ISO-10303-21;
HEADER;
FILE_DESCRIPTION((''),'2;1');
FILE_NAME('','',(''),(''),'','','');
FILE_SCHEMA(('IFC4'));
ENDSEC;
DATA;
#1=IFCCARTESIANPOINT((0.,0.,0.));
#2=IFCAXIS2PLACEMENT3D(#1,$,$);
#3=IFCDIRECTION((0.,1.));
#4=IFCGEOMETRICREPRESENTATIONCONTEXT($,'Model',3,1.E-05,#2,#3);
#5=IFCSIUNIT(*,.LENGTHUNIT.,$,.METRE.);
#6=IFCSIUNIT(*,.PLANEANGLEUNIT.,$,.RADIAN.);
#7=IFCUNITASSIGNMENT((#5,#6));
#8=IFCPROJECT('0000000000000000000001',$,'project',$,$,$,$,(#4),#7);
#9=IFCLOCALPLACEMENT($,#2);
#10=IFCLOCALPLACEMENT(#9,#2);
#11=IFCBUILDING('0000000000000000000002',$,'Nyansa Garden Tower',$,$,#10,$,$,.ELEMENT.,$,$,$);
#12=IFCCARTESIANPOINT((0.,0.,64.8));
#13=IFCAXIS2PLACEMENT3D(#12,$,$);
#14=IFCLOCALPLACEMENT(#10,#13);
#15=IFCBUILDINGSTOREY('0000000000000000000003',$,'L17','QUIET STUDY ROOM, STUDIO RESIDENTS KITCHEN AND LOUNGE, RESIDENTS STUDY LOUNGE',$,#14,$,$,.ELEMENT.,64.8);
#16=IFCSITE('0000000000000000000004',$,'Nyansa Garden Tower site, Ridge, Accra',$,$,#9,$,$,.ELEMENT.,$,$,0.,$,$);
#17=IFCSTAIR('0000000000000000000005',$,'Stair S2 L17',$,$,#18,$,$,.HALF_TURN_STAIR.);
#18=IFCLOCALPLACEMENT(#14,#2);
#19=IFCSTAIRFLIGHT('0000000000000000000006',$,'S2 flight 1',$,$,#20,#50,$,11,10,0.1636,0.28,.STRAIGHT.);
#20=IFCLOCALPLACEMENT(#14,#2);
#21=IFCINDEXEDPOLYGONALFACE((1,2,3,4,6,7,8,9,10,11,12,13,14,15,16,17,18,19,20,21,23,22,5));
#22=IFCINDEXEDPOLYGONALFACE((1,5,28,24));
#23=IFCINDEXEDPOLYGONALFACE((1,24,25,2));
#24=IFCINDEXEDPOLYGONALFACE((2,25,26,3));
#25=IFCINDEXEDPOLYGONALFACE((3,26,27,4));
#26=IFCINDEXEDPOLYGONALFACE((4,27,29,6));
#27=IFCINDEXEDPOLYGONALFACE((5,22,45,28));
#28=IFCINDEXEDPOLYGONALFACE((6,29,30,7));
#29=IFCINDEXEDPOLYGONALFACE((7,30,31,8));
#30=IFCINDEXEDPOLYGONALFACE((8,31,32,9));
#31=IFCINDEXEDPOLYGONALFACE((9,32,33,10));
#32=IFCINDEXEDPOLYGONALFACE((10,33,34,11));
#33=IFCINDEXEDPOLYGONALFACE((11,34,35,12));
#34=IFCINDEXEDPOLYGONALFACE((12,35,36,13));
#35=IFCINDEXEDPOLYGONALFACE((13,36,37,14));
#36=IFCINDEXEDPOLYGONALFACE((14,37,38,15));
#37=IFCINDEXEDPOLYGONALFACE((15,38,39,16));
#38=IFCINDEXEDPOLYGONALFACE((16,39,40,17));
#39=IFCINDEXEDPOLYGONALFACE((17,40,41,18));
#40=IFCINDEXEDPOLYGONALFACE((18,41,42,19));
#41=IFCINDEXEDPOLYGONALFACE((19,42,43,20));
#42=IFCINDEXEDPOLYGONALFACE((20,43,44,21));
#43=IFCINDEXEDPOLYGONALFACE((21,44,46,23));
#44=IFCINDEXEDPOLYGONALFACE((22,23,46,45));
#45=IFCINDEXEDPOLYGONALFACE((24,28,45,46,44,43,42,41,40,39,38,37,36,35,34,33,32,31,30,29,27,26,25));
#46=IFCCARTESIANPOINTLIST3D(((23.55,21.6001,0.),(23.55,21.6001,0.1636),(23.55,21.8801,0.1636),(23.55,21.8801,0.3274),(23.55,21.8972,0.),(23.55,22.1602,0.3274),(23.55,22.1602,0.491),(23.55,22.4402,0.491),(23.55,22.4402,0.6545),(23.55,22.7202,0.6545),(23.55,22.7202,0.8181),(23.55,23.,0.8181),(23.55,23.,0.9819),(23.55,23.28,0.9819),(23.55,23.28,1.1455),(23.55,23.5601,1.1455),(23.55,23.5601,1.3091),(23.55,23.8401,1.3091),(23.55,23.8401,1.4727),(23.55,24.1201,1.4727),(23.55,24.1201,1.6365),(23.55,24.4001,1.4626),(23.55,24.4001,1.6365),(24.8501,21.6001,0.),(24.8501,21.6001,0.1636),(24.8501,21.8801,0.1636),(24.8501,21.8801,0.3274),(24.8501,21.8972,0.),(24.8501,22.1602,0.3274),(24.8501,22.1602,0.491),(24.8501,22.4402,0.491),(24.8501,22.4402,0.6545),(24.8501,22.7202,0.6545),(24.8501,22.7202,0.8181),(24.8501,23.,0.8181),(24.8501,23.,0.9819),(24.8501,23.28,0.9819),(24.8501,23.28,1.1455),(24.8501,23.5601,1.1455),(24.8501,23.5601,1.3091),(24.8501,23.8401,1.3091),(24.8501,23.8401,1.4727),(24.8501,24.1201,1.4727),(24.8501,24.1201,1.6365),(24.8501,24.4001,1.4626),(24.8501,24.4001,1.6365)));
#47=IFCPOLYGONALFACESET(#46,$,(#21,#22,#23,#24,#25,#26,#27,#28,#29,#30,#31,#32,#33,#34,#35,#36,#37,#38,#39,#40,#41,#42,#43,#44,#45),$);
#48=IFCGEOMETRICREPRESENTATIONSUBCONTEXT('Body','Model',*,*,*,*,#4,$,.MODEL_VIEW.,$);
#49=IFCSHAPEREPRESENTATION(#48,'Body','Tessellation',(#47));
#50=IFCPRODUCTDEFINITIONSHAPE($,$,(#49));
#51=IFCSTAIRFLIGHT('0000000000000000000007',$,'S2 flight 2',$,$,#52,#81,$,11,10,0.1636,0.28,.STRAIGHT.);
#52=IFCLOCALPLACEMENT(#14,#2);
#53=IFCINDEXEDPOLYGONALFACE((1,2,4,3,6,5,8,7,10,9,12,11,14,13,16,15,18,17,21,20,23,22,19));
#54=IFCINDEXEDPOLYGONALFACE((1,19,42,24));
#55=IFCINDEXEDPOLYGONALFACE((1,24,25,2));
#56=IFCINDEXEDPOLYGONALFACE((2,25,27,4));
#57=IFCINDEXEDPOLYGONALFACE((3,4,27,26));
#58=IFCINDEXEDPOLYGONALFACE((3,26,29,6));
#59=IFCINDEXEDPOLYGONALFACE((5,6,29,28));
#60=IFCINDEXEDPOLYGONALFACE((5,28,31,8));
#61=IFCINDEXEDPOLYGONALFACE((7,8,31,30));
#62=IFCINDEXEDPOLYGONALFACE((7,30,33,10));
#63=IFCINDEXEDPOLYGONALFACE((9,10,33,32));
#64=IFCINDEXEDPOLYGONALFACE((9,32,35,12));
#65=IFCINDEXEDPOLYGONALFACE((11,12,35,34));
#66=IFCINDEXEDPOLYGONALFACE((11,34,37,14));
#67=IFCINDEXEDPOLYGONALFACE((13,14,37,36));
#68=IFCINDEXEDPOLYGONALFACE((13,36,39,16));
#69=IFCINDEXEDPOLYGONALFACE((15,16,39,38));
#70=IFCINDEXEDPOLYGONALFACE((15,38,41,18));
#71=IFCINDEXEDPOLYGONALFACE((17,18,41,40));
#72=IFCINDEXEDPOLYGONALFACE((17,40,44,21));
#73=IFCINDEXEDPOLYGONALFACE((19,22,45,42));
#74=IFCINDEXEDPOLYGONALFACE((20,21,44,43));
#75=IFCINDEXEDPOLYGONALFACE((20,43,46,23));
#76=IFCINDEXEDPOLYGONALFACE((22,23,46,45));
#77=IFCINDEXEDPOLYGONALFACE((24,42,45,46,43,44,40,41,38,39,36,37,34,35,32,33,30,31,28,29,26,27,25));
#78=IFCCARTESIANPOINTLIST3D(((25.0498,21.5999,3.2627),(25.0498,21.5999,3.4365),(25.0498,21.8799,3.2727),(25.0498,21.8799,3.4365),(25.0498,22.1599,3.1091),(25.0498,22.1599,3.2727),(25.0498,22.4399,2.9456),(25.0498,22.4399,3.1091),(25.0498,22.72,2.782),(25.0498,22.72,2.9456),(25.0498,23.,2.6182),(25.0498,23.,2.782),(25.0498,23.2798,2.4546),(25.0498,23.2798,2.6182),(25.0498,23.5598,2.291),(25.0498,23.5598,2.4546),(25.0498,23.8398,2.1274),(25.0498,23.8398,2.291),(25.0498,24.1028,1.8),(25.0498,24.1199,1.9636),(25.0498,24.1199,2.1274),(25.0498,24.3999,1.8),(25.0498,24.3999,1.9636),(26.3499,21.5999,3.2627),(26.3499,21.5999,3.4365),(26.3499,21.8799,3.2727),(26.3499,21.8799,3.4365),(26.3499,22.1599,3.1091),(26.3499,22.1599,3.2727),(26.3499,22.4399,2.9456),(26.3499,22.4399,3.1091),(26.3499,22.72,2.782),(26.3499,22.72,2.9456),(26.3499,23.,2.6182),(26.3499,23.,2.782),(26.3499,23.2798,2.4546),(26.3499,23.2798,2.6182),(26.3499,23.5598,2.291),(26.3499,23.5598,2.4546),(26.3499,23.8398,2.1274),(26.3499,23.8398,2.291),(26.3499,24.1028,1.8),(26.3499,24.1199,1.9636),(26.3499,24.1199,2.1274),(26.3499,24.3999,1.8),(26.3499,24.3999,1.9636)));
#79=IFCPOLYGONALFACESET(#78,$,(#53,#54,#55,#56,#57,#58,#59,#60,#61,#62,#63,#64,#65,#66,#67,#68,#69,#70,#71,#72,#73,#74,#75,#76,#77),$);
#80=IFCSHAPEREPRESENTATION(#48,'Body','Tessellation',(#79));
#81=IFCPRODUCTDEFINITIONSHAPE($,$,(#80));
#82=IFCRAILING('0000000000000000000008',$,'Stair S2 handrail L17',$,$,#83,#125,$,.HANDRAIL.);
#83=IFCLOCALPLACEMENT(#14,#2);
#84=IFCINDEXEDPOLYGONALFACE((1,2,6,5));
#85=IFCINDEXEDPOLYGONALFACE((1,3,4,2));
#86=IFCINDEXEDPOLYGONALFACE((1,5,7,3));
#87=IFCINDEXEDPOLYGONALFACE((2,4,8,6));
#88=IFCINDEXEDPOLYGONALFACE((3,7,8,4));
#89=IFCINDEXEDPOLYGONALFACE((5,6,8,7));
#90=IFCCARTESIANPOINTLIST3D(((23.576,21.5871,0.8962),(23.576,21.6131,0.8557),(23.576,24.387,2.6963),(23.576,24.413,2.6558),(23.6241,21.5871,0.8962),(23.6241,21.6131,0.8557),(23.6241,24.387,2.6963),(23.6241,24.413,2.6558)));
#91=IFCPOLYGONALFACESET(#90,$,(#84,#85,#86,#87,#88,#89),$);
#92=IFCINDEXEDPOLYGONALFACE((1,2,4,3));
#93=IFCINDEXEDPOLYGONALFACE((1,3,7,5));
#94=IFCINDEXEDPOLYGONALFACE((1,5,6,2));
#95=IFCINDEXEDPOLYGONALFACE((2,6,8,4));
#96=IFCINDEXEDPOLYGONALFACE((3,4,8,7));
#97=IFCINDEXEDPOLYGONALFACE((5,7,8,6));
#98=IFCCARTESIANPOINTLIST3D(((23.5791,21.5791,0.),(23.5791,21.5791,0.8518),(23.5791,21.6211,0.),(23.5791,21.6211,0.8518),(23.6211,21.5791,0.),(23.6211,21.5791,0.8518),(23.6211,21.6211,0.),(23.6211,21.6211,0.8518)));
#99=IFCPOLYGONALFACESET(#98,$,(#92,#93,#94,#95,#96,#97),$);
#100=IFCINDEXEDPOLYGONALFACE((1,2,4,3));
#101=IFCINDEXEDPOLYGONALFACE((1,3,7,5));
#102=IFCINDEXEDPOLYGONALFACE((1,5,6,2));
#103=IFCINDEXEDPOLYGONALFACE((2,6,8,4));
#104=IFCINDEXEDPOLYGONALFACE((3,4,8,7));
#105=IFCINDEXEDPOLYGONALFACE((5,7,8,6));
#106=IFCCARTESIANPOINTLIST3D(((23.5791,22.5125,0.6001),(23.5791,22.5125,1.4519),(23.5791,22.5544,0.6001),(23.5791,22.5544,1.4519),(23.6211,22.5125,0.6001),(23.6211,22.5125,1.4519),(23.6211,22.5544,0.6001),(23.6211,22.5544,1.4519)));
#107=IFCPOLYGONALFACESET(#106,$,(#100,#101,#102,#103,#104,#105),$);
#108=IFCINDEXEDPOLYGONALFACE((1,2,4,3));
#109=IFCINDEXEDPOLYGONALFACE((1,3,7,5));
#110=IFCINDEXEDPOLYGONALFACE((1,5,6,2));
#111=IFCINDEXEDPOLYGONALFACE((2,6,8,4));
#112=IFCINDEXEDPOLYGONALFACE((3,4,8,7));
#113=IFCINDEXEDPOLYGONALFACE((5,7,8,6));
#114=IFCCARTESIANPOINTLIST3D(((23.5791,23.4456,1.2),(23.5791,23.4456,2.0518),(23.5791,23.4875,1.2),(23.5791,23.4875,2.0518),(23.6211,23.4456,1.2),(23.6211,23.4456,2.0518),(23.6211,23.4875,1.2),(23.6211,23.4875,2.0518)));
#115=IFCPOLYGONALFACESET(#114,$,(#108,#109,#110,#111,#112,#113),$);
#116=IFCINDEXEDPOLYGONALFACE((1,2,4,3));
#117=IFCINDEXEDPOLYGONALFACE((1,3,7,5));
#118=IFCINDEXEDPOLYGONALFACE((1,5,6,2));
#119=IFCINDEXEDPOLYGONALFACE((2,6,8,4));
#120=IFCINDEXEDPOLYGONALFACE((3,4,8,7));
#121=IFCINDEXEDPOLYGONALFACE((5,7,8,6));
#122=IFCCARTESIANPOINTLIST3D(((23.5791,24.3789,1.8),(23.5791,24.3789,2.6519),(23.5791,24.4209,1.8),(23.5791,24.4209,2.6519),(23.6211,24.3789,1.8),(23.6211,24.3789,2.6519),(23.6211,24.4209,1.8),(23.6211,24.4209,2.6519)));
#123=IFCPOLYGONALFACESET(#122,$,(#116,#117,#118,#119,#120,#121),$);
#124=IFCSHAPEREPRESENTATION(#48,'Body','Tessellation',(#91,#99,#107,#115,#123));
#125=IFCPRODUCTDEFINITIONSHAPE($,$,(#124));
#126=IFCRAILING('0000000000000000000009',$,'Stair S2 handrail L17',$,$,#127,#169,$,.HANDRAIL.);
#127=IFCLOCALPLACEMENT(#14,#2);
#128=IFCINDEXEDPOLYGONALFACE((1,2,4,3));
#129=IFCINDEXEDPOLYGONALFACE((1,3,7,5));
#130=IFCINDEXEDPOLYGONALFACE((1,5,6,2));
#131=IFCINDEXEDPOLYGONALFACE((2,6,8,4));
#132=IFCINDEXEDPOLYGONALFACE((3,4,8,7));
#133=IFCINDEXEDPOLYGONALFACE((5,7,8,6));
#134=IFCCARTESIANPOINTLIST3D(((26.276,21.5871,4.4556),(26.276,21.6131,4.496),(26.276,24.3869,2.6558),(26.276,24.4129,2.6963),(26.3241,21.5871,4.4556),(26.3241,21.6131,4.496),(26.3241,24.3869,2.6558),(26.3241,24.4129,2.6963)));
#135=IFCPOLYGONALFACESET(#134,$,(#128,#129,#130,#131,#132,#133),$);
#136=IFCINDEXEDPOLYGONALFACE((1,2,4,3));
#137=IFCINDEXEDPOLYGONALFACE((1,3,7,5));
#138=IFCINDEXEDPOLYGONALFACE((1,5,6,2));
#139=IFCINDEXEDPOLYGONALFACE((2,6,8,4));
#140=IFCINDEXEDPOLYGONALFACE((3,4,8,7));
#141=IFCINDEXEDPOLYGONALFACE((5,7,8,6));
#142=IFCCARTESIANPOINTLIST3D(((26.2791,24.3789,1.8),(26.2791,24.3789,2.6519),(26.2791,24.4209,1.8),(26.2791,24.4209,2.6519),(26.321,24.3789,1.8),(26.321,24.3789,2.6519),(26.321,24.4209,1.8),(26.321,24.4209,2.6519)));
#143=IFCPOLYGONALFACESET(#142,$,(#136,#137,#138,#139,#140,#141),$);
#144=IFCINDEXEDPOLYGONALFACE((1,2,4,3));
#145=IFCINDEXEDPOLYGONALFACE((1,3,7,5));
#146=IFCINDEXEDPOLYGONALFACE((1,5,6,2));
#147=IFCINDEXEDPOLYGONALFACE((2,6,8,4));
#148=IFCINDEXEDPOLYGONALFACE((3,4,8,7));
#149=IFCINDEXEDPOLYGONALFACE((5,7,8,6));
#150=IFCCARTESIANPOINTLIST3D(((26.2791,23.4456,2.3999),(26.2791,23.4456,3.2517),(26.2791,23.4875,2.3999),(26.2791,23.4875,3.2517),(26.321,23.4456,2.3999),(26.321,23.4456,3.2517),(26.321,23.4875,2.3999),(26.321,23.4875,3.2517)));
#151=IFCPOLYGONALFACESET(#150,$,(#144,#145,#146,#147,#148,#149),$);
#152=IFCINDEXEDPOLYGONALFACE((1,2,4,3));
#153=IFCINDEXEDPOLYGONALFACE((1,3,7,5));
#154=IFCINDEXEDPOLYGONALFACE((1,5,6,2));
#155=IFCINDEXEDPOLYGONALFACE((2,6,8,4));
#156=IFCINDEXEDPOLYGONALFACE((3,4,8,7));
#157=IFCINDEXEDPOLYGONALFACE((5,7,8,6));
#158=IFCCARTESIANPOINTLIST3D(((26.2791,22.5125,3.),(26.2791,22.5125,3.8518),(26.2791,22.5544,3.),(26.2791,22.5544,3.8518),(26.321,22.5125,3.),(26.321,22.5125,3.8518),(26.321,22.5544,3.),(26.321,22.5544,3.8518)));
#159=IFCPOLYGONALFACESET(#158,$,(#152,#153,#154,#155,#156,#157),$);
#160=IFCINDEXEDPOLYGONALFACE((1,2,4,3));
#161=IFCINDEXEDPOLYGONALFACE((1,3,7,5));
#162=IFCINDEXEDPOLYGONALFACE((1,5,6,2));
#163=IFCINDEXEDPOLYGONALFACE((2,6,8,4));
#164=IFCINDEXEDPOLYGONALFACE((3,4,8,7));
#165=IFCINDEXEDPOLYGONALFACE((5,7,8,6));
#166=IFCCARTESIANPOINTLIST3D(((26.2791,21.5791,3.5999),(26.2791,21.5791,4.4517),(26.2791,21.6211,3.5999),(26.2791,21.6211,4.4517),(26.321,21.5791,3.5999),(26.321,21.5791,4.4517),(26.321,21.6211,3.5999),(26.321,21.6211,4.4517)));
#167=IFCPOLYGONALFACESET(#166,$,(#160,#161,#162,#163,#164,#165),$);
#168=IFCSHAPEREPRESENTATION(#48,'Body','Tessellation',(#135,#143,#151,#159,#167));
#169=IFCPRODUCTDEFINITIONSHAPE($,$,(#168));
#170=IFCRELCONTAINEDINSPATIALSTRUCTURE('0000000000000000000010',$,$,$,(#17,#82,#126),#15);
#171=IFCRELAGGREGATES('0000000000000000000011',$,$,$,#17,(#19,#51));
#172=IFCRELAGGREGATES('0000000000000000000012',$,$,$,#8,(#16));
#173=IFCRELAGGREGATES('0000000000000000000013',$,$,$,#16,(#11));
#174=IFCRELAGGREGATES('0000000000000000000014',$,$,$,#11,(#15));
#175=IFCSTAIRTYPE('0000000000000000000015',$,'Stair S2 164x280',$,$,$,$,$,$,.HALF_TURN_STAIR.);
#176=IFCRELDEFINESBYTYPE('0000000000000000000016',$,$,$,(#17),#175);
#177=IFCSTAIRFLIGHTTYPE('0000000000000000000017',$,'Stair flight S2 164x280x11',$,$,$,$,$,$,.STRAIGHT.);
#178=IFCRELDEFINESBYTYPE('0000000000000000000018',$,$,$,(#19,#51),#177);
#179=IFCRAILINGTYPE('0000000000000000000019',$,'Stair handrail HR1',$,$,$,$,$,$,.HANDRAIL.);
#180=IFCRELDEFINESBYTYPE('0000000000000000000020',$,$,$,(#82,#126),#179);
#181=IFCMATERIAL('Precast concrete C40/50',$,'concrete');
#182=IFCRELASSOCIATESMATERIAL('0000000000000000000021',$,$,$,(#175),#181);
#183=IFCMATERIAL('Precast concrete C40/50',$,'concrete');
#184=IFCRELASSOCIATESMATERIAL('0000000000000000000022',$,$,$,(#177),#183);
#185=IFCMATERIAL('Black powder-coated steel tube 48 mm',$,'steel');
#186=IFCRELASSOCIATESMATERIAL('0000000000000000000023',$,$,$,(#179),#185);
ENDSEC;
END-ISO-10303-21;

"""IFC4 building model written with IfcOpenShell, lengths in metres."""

from ifc_helpers import new_model, si_unit, direction, frame, origin, origin_2d, place, context, subcontext, project, spatial, polyline, rectangle, outline, extrude, material, type_object, element, aggregate, save


model = new_model("IFC4")

# Units and contexts
model_context = context("Model", 3, precision=1e-05, world=origin(), true_north=direction((0.0, 1.0)))
body_context = subcontext(model_context, "Body", "Model", "MODEL_VIEW")
ifc_project = project(units=[si_unit("LENGTHUNIT", "METRE"), si_unit("PLANEANGLEUNIT", "RADIAN")], contexts=[model_context])

# Site, building, storey
site_placement = place(None, origin())
site = spatial("IfcSite", under=ifc_project, at=site_placement, Name="Nyansa Garden Tower site, Ridge, Accra", CompositionType="ELEMENT", RefElevation=0.0)
building_placement = place(site_placement, origin())
building = spatial("IfcBuilding", under=site, at=building_placement, Name="Nyansa Garden Tower", CompositionType="ELEMENT")
storey_placement = place(building_placement, frame((0.0, 0.0, 64.8)))
storey = spatial("IfcBuildingStorey", under=building, at=storey_placement, Name="L17", Description="QUIET STUDY ROOM, STUDIO RESIDENTS KITCHEN AND LOUNGE, RESIDENTS STUDY LOUNGE", CompositionType="ELEMENT", Elevation=64.8)

# Stair, stair flights
ifc_material_1 = material(Name="Precast concrete C40/50", Category="concrete")
stair_type = type_object("IfcStairType", Name="Stair S2 164x280", PredefinedType="HALF_TURN_STAIR", material=ifc_material_1)
stair_placement = place(storey_placement, origin())
stair = element("IfcStair", 1, at=stair_placement, inside=storey, type_object=stair_type, Name="Stair S2 L17", PredefinedType="HALF_TURN_STAIR")
ifc_material_2 = material(Name="Precast concrete C40/50", Category="concrete")
stair_flight_type = type_object("IfcStairFlightType", Name="Stair flight S2 164x280x11", PredefinedType="STRAIGHT", material=ifc_material_2)
stair_flight_1_placement = place(storey_placement, frame((24.2, 21.6001, 0.0), z_axis=(0.0, 0.0, 1.0), x_axis=(0.0, 1.0, 0.0)))
stair_flight_1 = element("IfcStairFlight", 2, at=stair_flight_1_placement, type_object=stair_flight_type, Name="S2 flight 1", NumberOfRisers=11, NumberOfTreads=10, PredefinedType="STRAIGHT", RiserHeight=0.1636, TreadLength=0.28, context=body_context, shape_type="SweptSolid", body=[
    extrude(outline(polyline([(0.0, 0.0), (0.0, 0.1636), (0.28, 0.1636), (0.28, 0.3274), (0.5601, 0.3274), (0.5601, 0.491), (0.8401, 0.491), (0.8401, 0.6545), (1.1201, 0.6545), (1.1201, 0.8181), (1.3999, 0.8181), (1.3999, 0.9819), (1.6799, 0.9819), (1.6799, 1.1455), (1.96, 1.1455), (1.96, 1.3091), (2.24, 1.3091), (2.24, 1.4727), (2.52, 1.4727), (2.52, 1.6365), (2.8, 1.6365), (2.8, 1.8), (2.8, 1.4626), (0.2971, 0.0), (0.0, 0.0)])), frame((0.0, 0.6499, 0.0), z_axis=(0.0, -1.0, 0.0), x_axis=(1.0, 0.0, 0.0)), (0.0, 0.0, 1.0), 1.3),
])
stair_flight_2_placement = place(storey_placement, frame((25.7, 24.3999, 1.8), z_axis=(0.0, 0.0, 1.0), x_axis=(0.0, -1.0, 0.0)))
stair_flight_2 = element("IfcStairFlight", 3, at=stair_flight_2_placement, type_object=stair_flight_type, Name="S2 flight 2", NumberOfRisers=11, NumberOfTreads=10, PredefinedType="STRAIGHT", RiserHeight=0.1636, TreadLength=0.28, context=body_context, shape_type="SweptSolid", body=[
    extrude(outline(polyline([(0.0, 0.0), (0.0, 0.1636), (0.28, 0.1636), (0.28, 0.3274), (0.5601, 0.3274), (0.5601, 0.491), (0.8401, 0.491), (0.8401, 0.6545), (1.1201, 0.6545), (1.1201, 0.8181), (1.3999, 0.8181), (1.3999, 0.9819), (1.6799, 0.9819), (1.6799, 1.1455), (1.96, 1.1455), (1.96, 1.3091), (2.24, 1.3091), (2.24, 1.4727), (2.52, 1.4727), (2.52, 1.6365), (2.8, 1.6365), (2.8, 1.8), (2.8, 1.4626), (0.2971, 0.0), (0.0, 0.0)])), frame((0.0, 0.6499, 0.0), z_axis=(0.0, -1.0, 0.0), x_axis=(1.0, 0.0, 0.0)), (0.0, 0.0, 1.0), 1.3),
])
aggregate(stair, [stair_flight_1, stair_flight_2])

# Railings
ifc_material_3 = material(Name="Black powder-coated steel tube 48 mm", Category="steel")
railing_type = type_object("IfcRailingType", Name="Stair handrail HR1", PredefinedType="HANDRAIL", material=ifc_material_3)
railing_1_placement = place(storey_placement, frame((23.6001, 21.6001, 0.0)))
element("IfcRailing", 4, at=railing_1_placement, inside=storey, type_object=railing_type, Name="Stair S2 handrail L17", PredefinedType="HANDRAIL", context=body_context, shape_type="SweptSolid", body=[
    extrude(rectangle(XDim=0.0481, YDim=0.0481, at=origin_2d()), frame((0.0, 0.0, 0.876), z_axis=(0.0, 0.841155, 0.540795), x_axis=(-1.0, 0.0, 0.0)), (0.0, 0.0, 1.0), 3.3286),
    extrude(rectangle(XDim=0.042, YDim=0.042, at=origin_2d()), origin(), (0.0, 0.0, 1.0), 0.8518),
    extrude(rectangle(XDim=0.042, YDim=0.042, at=origin_2d()), frame((0.0, 0.9333, 0.6001)), (0.0, 0.0, 1.0), 0.8518),
    extrude(rectangle(XDim=0.042, YDim=0.042, at=origin_2d()), frame((0.0, 1.8665, 1.2)), (0.0, 0.0, 1.0), 0.8518),
    extrude(rectangle(XDim=0.042, YDim=0.042, at=origin_2d()), frame((0.0, 2.7998, 1.8)), (0.0, 0.0, 1.0), 0.8518),
])
railing_2_placement = place(storey_placement, frame((26.3, 24.3999, 1.8)))
element("IfcRailing", 5, at=railing_2_placement, inside=storey, type_object=railing_type, Name="Stair S2 handrail L17", PredefinedType="HANDRAIL", context=body_context, shape_type="SweptSolid", body=[
    extrude(rectangle(XDim=0.0481, YDim=0.0481, at=origin_2d()), frame((0.0, 0.0, 0.876), z_axis=(0.0, -0.841188, 0.540743), x_axis=(1.0, 0.0, 0.0)), (0.0, 0.0, 1.0), 3.3284),
    extrude(rectangle(XDim=0.042, YDim=0.042, at=origin_2d()), origin(), (0.0, 0.0, 1.0), 0.8518),
    extrude(rectangle(XDim=0.042, YDim=0.042, at=origin_2d()), frame((0.0, -0.9333, 0.5999)), (0.0, 0.0, 1.0), 0.8518),
    extrude(rectangle(XDim=0.042, YDim=0.042, at=origin_2d()), frame((0.0, -1.8665, 1.2)), (0.0, 0.0, 1.0), 0.8518),
    extrude(rectangle(XDim=0.042, YDim=0.042, at=origin_2d()), frame((0.0, -2.7998, 1.7998)), (0.0, 0.0, 1.0), 0.8518),
])

save(model, "model.ifc")
